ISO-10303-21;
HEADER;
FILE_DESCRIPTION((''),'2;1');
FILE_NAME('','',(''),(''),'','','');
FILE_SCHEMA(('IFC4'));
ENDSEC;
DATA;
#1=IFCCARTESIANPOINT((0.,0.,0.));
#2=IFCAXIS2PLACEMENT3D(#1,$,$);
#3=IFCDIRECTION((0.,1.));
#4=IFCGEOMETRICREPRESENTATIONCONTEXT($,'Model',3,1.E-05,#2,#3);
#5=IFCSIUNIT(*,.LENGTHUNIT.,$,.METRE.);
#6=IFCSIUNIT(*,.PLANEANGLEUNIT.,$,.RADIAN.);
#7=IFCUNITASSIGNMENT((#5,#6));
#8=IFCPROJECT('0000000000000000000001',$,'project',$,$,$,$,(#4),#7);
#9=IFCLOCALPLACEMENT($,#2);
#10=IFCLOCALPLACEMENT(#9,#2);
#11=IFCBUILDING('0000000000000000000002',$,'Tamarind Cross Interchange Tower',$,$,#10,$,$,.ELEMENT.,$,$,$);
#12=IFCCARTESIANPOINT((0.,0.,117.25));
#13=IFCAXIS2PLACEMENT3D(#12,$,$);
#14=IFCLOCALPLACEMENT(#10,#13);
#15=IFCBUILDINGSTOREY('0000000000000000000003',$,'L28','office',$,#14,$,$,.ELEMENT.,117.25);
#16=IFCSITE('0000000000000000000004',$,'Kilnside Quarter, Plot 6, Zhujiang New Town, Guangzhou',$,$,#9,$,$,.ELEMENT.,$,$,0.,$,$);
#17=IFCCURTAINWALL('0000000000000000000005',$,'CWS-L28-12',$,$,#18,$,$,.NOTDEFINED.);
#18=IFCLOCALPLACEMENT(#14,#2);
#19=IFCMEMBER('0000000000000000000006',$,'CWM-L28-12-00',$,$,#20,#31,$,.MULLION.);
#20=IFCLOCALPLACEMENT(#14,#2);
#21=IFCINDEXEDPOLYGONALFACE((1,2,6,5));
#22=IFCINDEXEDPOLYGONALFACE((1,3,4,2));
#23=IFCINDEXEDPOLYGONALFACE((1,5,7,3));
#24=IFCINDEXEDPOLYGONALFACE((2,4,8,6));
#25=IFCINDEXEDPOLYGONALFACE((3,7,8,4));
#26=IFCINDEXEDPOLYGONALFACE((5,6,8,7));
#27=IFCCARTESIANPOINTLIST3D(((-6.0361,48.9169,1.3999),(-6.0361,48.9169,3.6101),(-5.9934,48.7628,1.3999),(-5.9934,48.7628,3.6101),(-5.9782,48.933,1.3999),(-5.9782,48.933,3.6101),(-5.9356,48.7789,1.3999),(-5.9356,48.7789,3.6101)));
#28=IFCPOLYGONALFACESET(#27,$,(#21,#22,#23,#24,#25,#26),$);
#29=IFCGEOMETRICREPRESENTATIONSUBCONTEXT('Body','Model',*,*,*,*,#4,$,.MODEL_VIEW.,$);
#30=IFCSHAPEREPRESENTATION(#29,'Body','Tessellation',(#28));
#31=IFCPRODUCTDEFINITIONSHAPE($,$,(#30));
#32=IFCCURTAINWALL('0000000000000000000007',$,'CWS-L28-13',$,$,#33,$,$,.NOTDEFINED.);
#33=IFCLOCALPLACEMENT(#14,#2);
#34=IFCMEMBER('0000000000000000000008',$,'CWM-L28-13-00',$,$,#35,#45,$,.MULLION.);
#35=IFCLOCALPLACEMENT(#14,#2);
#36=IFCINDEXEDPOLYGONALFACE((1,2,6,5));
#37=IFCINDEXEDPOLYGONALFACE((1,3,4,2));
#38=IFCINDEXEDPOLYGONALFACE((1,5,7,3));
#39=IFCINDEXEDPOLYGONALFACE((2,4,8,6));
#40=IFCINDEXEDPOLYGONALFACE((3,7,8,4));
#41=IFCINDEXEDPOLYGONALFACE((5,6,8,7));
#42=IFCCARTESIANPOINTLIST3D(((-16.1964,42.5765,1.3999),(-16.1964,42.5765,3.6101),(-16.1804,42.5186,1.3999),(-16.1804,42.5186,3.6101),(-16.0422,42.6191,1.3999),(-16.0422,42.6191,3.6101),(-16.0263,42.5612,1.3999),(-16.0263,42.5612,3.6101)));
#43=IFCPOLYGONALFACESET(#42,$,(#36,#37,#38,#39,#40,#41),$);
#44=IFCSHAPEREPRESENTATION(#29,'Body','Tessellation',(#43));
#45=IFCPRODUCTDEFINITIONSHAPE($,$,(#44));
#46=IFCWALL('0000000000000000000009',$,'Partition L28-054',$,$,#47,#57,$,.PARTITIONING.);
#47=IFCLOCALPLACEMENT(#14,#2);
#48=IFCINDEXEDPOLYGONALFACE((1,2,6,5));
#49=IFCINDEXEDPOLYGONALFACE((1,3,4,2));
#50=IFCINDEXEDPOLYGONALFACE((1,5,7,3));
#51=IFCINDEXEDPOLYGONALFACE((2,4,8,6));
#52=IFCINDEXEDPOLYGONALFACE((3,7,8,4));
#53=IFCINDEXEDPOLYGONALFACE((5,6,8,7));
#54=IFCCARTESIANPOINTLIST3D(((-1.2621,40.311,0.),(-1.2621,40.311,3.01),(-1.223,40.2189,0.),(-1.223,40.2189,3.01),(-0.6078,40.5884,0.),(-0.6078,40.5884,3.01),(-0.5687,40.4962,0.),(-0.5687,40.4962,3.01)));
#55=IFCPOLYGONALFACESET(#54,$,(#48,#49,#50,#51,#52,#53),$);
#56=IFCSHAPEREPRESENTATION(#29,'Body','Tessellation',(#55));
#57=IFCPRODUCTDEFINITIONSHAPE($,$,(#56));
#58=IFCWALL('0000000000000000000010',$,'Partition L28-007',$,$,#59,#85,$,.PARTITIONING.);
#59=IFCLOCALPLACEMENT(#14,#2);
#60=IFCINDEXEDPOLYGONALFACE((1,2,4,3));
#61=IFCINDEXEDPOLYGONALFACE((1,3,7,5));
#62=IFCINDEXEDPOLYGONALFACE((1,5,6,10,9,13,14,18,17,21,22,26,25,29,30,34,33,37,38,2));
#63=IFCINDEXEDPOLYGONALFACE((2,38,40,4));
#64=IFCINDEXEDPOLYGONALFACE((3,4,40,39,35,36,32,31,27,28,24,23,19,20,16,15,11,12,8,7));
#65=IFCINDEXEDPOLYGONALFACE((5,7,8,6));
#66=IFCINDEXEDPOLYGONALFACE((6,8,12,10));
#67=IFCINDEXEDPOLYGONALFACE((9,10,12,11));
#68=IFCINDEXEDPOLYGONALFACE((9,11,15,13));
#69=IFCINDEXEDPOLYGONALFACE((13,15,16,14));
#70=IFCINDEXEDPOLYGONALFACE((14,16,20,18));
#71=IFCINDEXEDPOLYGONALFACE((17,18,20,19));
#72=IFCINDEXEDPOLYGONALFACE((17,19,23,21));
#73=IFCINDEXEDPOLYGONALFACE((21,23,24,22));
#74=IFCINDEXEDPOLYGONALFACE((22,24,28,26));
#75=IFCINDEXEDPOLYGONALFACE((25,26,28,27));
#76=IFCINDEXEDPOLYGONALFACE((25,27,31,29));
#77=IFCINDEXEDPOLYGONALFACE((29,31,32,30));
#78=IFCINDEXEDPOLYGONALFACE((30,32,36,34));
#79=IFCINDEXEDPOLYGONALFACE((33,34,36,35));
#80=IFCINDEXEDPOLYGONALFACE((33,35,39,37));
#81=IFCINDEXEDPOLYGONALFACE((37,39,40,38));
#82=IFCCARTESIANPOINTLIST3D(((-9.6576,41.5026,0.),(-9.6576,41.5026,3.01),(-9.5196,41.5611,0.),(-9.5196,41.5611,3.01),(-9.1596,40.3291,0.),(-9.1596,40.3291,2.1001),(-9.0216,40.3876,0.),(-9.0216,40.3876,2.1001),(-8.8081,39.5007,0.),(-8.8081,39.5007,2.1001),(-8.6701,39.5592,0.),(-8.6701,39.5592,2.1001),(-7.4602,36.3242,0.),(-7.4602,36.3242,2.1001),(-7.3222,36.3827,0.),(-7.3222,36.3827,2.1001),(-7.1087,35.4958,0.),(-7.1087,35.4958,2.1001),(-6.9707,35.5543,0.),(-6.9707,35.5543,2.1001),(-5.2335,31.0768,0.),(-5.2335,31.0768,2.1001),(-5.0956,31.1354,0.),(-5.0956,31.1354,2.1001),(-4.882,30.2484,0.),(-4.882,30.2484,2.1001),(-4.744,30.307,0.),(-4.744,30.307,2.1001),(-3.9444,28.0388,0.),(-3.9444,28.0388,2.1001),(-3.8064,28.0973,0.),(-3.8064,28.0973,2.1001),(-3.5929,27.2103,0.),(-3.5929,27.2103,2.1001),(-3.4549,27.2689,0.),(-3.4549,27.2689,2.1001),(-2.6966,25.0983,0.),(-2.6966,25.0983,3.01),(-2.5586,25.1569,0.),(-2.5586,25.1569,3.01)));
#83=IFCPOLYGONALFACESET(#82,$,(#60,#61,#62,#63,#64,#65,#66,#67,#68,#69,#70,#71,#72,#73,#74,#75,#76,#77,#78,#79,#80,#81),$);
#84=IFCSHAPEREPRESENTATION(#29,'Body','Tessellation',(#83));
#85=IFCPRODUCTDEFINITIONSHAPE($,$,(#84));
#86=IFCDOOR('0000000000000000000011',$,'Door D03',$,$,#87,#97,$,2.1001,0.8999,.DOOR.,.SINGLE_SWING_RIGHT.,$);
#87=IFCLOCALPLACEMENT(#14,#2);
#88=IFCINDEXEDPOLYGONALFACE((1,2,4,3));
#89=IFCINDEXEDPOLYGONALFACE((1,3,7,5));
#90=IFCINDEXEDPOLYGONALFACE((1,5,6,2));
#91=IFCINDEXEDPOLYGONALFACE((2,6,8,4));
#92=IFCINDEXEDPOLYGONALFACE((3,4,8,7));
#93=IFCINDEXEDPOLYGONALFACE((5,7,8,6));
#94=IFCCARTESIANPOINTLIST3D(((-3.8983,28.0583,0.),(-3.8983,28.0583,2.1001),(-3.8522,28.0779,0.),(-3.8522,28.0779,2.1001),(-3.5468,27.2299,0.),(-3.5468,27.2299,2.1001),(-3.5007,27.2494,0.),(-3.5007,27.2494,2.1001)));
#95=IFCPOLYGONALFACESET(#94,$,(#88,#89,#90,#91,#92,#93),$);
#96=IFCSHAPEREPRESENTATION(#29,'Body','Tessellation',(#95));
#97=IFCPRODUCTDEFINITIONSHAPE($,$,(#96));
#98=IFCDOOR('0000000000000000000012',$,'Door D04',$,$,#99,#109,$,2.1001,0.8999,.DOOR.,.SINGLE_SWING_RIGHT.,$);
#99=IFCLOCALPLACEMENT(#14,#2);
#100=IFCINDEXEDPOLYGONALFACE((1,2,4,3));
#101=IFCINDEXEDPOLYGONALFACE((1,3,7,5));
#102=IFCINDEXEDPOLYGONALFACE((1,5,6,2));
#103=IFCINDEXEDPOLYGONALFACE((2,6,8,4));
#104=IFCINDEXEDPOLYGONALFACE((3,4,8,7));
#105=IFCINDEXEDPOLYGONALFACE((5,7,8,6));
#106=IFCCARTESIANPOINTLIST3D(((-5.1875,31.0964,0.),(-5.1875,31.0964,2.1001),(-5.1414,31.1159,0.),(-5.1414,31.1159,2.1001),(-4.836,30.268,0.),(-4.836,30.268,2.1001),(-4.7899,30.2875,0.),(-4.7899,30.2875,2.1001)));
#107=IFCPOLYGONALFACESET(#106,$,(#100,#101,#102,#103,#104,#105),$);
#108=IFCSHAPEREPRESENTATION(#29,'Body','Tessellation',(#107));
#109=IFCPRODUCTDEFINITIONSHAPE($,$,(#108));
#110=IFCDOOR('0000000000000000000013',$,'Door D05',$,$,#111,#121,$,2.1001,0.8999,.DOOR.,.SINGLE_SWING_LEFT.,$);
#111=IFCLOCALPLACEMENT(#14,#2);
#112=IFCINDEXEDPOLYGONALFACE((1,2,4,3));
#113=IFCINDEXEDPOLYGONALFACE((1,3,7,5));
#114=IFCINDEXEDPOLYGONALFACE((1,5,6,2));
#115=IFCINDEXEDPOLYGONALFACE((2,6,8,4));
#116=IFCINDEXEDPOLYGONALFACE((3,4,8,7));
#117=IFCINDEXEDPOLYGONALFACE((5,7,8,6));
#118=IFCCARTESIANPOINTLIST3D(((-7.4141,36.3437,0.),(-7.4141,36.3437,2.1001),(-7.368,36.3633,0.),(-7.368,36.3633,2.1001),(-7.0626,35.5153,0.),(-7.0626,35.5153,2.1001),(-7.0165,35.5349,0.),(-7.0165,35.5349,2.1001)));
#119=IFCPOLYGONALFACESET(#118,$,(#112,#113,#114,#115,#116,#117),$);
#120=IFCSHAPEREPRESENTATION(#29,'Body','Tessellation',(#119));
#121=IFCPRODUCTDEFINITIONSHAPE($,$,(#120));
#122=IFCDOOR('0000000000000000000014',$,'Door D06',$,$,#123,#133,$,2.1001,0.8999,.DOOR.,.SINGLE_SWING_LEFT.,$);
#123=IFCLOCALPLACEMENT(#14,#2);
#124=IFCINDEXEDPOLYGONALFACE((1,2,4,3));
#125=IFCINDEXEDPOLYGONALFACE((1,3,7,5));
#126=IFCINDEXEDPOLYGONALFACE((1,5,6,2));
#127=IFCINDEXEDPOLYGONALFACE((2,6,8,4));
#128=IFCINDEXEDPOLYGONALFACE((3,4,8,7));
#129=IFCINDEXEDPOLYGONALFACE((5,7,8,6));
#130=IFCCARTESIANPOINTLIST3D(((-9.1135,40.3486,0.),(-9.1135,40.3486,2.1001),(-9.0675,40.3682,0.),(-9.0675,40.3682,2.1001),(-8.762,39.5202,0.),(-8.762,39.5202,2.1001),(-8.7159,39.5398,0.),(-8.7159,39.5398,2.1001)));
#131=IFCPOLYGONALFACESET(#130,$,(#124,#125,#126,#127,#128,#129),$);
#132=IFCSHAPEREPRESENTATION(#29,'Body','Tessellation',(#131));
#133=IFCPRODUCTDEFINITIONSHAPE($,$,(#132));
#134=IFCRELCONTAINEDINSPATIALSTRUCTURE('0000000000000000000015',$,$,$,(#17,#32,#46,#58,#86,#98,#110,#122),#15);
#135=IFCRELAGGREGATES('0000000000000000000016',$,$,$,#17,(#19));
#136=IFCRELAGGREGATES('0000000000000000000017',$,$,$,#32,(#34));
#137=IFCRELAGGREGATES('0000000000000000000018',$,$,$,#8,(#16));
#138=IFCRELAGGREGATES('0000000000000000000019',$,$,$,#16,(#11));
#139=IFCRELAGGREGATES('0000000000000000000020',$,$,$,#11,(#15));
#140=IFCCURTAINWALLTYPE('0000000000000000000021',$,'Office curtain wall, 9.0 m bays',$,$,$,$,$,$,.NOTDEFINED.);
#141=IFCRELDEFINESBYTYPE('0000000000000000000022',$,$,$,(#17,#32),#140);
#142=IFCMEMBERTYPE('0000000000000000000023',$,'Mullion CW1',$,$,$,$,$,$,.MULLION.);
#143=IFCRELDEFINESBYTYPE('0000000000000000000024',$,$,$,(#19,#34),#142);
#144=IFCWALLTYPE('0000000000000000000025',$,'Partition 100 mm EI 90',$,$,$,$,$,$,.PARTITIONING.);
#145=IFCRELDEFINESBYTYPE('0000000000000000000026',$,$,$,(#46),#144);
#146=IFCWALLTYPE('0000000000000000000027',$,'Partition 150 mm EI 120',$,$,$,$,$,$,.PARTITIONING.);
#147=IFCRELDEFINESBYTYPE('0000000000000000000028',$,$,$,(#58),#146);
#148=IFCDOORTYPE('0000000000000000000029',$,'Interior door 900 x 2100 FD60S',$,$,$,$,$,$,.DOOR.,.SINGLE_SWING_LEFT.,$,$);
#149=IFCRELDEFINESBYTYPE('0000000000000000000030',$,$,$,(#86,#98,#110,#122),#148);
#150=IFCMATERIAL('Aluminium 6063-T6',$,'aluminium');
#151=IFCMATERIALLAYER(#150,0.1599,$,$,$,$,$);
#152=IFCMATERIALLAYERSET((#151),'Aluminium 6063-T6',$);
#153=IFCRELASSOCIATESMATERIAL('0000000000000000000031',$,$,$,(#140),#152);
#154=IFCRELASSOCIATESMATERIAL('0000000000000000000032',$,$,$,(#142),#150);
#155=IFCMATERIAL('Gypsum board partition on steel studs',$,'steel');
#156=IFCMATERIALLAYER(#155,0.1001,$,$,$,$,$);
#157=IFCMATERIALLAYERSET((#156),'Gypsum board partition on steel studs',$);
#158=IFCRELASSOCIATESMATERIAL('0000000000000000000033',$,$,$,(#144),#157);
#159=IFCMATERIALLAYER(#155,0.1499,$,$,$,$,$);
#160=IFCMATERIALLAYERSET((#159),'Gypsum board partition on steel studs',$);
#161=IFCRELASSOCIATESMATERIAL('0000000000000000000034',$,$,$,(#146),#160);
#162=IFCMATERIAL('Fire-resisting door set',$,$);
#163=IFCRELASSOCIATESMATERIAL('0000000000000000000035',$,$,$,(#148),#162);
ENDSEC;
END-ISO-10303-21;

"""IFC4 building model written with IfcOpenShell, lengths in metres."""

from ifc_helpers import new_model, si_unit, direction, frame, frame_2d, origin, origin_2d, place, context, subcontext, project, spatial, rectangle, extrude, material, layer, layer_set, material_profile, profile_set, type_object, element, fill, aggregate, save


model = new_model("IFC4")

# Units and contexts
model_context = context("Model", 3, precision=1e-05, world=origin(), true_north=direction((0.0, 1.0)))
body_context = subcontext(model_context, "Body", "Model", "MODEL_VIEW")
ifc_project = project(units=[si_unit("LENGTHUNIT", "METRE"), si_unit("PLANEANGLEUNIT", "RADIAN")], contexts=[model_context])

# Site, building, storey
site_placement = place(None, origin())
site = spatial("IfcSite", under=ifc_project, at=site_placement, Name="Kilnside Quarter, Plot 6, Zhujiang New Town, Guangzhou", CompositionType="ELEMENT", RefElevation=0.0)
building_placement = place(site_placement, origin())
building = spatial("IfcBuilding", under=site, at=building_placement, Name="Tamarind Cross Interchange Tower", CompositionType="ELEMENT")
storey_placement = place(building_placement, frame((0.0, 0.0, 117.25)))
storey = spatial("IfcBuildingStorey", under=building, at=storey_placement, Name="L28", Description="office", CompositionType="ELEMENT", Elevation=117.25)

# Curtain walls, members
ifc_material_1 = material(Name="Aluminium 6063-T6", Category="aluminium")
ifc_layer_1 = layer(ifc_material_1, 0.1599)
ifc_layer_set_1 = layer_set([ifc_layer_1], Name="Aluminium 6063-T6")
curtain_wall_type = type_object("IfcCurtainWallType", Name="Office curtain wall, 9.0 m bays", PredefinedType="NOTDEFINED", material=ifc_layer_set_1)
ifc_material_profile_1 = material_profile(ifc_material_1, rectangle(XDim=0.0601, YDim=0.1599, at=origin_2d()), Name="Mullion CW1")
ifc_profile_set_1 = profile_set([ifc_material_profile_1], Name="Aluminium 6063-T6")
member_type = type_object("IfcMemberType", Name="Mullion CW1", PredefinedType="MULLION", material=ifc_profile_set_1)
curtain_wall_1_placement = place(storey_placement, origin())
curtain_wall_1 = element("IfcCurtainWall", 1, at=curtain_wall_1_placement, inside=storey, type_object=curtain_wall_type, Name="CWS-L28-12", PredefinedType="NOTDEFINED")
member_1_placement = place(storey_placement, frame((-5.9858, 48.8479, 1.3999), z_axis=(0.0, 0.0, 1.0), x_axis=(-0.963698, -0.266996, 0.0)))
member_1 = element("IfcMember", 2, at=member_1_placement, type_object=member_type, Name="CWM-L28-12-00", PredefinedType="MULLION", context=body_context, shape_type="SweptSolid", body=[
    extrude(rectangle(XDim=0.0601, YDim=0.1599, at=origin_2d()), origin(), (0.0, 0.0, 1.0), 2.2102),
])
aggregate(curtain_wall_1, [member_1])
curtain_wall_2_placement = place(storey_placement, origin())
curtain_wall_2 = element("IfcCurtainWall", 3, at=curtain_wall_2_placement, inside=storey, type_object=curtain_wall_type, Name="CWS-L28-13", PredefinedType="NOTDEFINED")
member_2_placement = place(storey_placement, frame((-16.1113, 42.5688, 1.3999), z_axis=(0.0, 0.0, 1.0), x_axis=(0.266179, -0.963924, 0.0)))
member_2 = element("IfcMember", 4, at=member_2_placement, type_object=member_type, Name="CWM-L28-13-00", PredefinedType="MULLION", context=body_context, shape_type="SweptSolid", body=[
    extrude(rectangle(XDim=0.0601, YDim=0.1599, at=origin_2d()), origin(), (0.0, 0.0, 1.0), 2.2102),
])
aggregate(curtain_wall_2, [member_2])

# Wall
ifc_material_2 = material(Name="Gypsum board partition on steel studs", Category="steel")
ifc_layer_2 = layer(ifc_material_2, 0.1001)
ifc_layer_set_2 = layer_set([ifc_layer_2], Name="Gypsum board partition on steel studs")
wall_type_1 = type_object("IfcWallType", Name="Partition 100 mm EI 90", PredefinedType="PARTITIONING", material=ifc_layer_set_2)
wall_1_placement = place(storey_placement, frame((-1.2427, 40.2649, 0.0), z_axis=(0.0, 0.0, 1.0), x_axis=(0.920702, 0.390268, 0.0)))
element("IfcWall", 5, at=wall_1_placement, inside=storey, type_object=wall_type_1, Name="Partition L28-054", PredefinedType="PARTITIONING", context=body_context, shape_type="SweptSolid", body=[
    extrude(rectangle(XDim=0.7107, YDim=0.1001, at=frame_2d((0.3555, 0.0))), origin(), (0.0, 0.0, 1.0), 3.01),
])

# Wall, openings, doors
ifc_layer_3 = layer(ifc_material_2, 0.1499)
ifc_layer_set_3 = layer_set([ifc_layer_3], Name="Gypsum board partition on steel studs")
wall_type_2 = type_object("IfcWallType", Name="Partition 150 mm EI 120", PredefinedType="PARTITIONING", material=ifc_layer_set_3)
wall_2_placement = place(storey_placement, frame((-9.5886, 41.532, 0.0), z_axis=(0.0, 0.0, 1.0), x_axis=(0.390623, -0.920551, 0.0)))
wall_2 = element("IfcWall", 6, at=wall_2_placement, inside=storey, type_object=wall_type_2, Name="Partition L28-007", PredefinedType="PARTITIONING", context=body_context, shape_type="SweptSolid", body=[
    extrude(rectangle(XDim=17.8201, YDim=0.1499, at=frame_2d((8.9102, 0.0))), origin(), (0.0, 0.0, 1.0), 3.01),
])
opening_1_placement = place(wall_2_placement, frame((14.626, 0.0, 0.0)))
opening_1 = element("IfcOpeningElement", 7, at=opening_1_placement, cuts=wall_2, PredefinedType="OPENING", context=body_context, shape_type="SweptSolid", body=[
    extrude(rectangle(XDim=0.8999, YDim=2.1001, at=frame_2d((0.45, 1.05))), frame((0.0, 0.085, 0.0), z_axis=(0.0, -1.0, 0.0), x_axis=(1.0, 0.0, 0.0)), (0.0, 0.0, 1.0), 0.1699),
])
opening_2_placement = place(wall_2_placement, frame((11.3257, 0.0, 0.0)))
opening_2 = element("IfcOpeningElement", 8, at=opening_2_placement, cuts=wall_2, PredefinedType="OPENING", context=body_context, shape_type="SweptSolid", body=[
    extrude(rectangle(XDim=0.8999, YDim=2.1001, at=frame_2d((0.45, 1.05))), frame((0.0, 0.085, 0.0), z_axis=(0.0, -1.0, 0.0), x_axis=(1.0, 0.0, 0.0)), (0.0, 0.0, 1.0), 0.1699),
])
opening_3_placement = place(wall_2_placement, frame((5.6255, 0.0, 0.0)))
opening_3 = element("IfcOpeningElement", 9, at=opening_3_placement, cuts=wall_2, PredefinedType="OPENING", context=body_context, shape_type="SweptSolid", body=[
    extrude(rectangle(XDim=0.8999, YDim=2.1001, at=frame_2d((0.45, 1.05))), frame((0.0, 0.085, 0.0), z_axis=(0.0, -1.0, 0.0), x_axis=(1.0, 0.0, 0.0)), (0.0, 0.0, 1.0), 0.1699),
])
opening_4_placement = place(wall_2_placement, frame((1.2749, 0.0, 0.0)))
opening_4 = element("IfcOpeningElement", 10, at=opening_4_placement, cuts=wall_2, PredefinedType="OPENING", context=body_context, shape_type="SweptSolid", body=[
    extrude(rectangle(XDim=0.8999, YDim=2.1001, at=frame_2d((0.45, 1.05))), frame((0.0, 0.085, 0.0), z_axis=(0.0, -1.0, 0.0), x_axis=(1.0, 0.0, 0.0)), (0.0, 0.0, 1.0), 0.1699),
])
ifc_material_3 = material(Name="Fire-resisting door set")
door_type_1 = type_object("IfcDoorType", Name="Interior door 900 x 2100 FD60S", OperationType="SINGLE_SWING_LEFT", PredefinedType="DOOR", material=ifc_material_3)
door_1_placement = place(opening_1_placement, frame((0.8999, 0.0, 0.0), z_axis=(0.0, 0.0, 1.0), x_axis=(-1.0, 0.0, 0.0)))
door_1 = element("IfcDoor", 11, at=door_1_placement, inside=storey, type_object=door_type_1, Name="Door D03", OperationType="SINGLE_SWING_RIGHT", OverallHeight=2.1001, OverallWidth=0.8999, PredefinedType="DOOR", context=body_context, shape_type="SweptSolid", body=[
    extrude(rectangle(XDim=0.8999, YDim=2.1001, at=frame_2d((0.45, 1.05))), frame((0.0, 0.0249, 0.0), z_axis=(0.0, -1.0, 0.0), x_axis=(1.0, 0.0, 0.0)), (0.0, 0.0, 1.0), 0.05),
])
fill(opening_1, door_1)
door_2_placement = place(opening_2_placement, frame((0.8999, 0.0, 0.0), z_axis=(0.0, 0.0, 1.0), x_axis=(-1.0, 0.0, 0.0)))
door_2 = element("IfcDoor", 12, at=door_2_placement, inside=storey, type_object=door_type_1, Name="Door D04", OperationType="SINGLE_SWING_RIGHT", OverallHeight=2.1001, OverallWidth=0.8999, PredefinedType="DOOR", context=body_context, shape_type="SweptSolid", body=[
    extrude(rectangle(XDim=0.8999, YDim=2.1001, at=frame_2d((0.45, 1.05))), frame((0.0, 0.0249, 0.0), z_axis=(0.0, -1.0, 0.0), x_axis=(1.0, 0.0, 0.0)), (0.0, 0.0, 1.0), 0.05),
])
fill(opening_2, door_2)
door_3_placement = place(opening_3_placement, frame((0.8999, 0.0, 0.0), z_axis=(0.0, 0.0, 1.0), x_axis=(-1.0, 0.0, 0.0)))
door_3 = element("IfcDoor", 13, at=door_3_placement, inside=storey, type_object=door_type_1, Name="Door D05", OperationType="SINGLE_SWING_LEFT", OverallHeight=2.1001, OverallWidth=0.8999, PredefinedType="DOOR", context=body_context, shape_type="SweptSolid", body=[
    extrude(rectangle(XDim=0.8999, YDim=2.1001, at=frame_2d((0.45, 1.05))), frame((0.0, 0.0249, 0.0), z_axis=(0.0, -1.0, 0.0), x_axis=(1.0, 0.0, 0.0)), (0.0, 0.0, 1.0), 0.05),
])
fill(opening_3, door_3)
door_4_placement = place(opening_4_placement, frame((0.8999, 0.0, 0.0), z_axis=(0.0, 0.0, 1.0), x_axis=(-1.0, 0.0, 0.0)))
door_4 = element("IfcDoor", 14, at=door_4_placement, inside=storey, type_object=door_type_1, Name="Door D06", OperationType="SINGLE_SWING_LEFT", OverallHeight=2.1001, OverallWidth=0.8999, PredefinedType="DOOR", context=body_context, shape_type="SweptSolid", body=[
    extrude(rectangle(XDim=0.8999, YDim=2.1001, at=frame_2d((0.45, 1.05))), frame((0.0, 0.0249, 0.0), z_axis=(0.0, -1.0, 0.0), x_axis=(1.0, 0.0, 0.0)), (0.0, 0.0, 1.0), 0.05),
])
fill(opening_4, door_4)

save(model, "model.ifc")
